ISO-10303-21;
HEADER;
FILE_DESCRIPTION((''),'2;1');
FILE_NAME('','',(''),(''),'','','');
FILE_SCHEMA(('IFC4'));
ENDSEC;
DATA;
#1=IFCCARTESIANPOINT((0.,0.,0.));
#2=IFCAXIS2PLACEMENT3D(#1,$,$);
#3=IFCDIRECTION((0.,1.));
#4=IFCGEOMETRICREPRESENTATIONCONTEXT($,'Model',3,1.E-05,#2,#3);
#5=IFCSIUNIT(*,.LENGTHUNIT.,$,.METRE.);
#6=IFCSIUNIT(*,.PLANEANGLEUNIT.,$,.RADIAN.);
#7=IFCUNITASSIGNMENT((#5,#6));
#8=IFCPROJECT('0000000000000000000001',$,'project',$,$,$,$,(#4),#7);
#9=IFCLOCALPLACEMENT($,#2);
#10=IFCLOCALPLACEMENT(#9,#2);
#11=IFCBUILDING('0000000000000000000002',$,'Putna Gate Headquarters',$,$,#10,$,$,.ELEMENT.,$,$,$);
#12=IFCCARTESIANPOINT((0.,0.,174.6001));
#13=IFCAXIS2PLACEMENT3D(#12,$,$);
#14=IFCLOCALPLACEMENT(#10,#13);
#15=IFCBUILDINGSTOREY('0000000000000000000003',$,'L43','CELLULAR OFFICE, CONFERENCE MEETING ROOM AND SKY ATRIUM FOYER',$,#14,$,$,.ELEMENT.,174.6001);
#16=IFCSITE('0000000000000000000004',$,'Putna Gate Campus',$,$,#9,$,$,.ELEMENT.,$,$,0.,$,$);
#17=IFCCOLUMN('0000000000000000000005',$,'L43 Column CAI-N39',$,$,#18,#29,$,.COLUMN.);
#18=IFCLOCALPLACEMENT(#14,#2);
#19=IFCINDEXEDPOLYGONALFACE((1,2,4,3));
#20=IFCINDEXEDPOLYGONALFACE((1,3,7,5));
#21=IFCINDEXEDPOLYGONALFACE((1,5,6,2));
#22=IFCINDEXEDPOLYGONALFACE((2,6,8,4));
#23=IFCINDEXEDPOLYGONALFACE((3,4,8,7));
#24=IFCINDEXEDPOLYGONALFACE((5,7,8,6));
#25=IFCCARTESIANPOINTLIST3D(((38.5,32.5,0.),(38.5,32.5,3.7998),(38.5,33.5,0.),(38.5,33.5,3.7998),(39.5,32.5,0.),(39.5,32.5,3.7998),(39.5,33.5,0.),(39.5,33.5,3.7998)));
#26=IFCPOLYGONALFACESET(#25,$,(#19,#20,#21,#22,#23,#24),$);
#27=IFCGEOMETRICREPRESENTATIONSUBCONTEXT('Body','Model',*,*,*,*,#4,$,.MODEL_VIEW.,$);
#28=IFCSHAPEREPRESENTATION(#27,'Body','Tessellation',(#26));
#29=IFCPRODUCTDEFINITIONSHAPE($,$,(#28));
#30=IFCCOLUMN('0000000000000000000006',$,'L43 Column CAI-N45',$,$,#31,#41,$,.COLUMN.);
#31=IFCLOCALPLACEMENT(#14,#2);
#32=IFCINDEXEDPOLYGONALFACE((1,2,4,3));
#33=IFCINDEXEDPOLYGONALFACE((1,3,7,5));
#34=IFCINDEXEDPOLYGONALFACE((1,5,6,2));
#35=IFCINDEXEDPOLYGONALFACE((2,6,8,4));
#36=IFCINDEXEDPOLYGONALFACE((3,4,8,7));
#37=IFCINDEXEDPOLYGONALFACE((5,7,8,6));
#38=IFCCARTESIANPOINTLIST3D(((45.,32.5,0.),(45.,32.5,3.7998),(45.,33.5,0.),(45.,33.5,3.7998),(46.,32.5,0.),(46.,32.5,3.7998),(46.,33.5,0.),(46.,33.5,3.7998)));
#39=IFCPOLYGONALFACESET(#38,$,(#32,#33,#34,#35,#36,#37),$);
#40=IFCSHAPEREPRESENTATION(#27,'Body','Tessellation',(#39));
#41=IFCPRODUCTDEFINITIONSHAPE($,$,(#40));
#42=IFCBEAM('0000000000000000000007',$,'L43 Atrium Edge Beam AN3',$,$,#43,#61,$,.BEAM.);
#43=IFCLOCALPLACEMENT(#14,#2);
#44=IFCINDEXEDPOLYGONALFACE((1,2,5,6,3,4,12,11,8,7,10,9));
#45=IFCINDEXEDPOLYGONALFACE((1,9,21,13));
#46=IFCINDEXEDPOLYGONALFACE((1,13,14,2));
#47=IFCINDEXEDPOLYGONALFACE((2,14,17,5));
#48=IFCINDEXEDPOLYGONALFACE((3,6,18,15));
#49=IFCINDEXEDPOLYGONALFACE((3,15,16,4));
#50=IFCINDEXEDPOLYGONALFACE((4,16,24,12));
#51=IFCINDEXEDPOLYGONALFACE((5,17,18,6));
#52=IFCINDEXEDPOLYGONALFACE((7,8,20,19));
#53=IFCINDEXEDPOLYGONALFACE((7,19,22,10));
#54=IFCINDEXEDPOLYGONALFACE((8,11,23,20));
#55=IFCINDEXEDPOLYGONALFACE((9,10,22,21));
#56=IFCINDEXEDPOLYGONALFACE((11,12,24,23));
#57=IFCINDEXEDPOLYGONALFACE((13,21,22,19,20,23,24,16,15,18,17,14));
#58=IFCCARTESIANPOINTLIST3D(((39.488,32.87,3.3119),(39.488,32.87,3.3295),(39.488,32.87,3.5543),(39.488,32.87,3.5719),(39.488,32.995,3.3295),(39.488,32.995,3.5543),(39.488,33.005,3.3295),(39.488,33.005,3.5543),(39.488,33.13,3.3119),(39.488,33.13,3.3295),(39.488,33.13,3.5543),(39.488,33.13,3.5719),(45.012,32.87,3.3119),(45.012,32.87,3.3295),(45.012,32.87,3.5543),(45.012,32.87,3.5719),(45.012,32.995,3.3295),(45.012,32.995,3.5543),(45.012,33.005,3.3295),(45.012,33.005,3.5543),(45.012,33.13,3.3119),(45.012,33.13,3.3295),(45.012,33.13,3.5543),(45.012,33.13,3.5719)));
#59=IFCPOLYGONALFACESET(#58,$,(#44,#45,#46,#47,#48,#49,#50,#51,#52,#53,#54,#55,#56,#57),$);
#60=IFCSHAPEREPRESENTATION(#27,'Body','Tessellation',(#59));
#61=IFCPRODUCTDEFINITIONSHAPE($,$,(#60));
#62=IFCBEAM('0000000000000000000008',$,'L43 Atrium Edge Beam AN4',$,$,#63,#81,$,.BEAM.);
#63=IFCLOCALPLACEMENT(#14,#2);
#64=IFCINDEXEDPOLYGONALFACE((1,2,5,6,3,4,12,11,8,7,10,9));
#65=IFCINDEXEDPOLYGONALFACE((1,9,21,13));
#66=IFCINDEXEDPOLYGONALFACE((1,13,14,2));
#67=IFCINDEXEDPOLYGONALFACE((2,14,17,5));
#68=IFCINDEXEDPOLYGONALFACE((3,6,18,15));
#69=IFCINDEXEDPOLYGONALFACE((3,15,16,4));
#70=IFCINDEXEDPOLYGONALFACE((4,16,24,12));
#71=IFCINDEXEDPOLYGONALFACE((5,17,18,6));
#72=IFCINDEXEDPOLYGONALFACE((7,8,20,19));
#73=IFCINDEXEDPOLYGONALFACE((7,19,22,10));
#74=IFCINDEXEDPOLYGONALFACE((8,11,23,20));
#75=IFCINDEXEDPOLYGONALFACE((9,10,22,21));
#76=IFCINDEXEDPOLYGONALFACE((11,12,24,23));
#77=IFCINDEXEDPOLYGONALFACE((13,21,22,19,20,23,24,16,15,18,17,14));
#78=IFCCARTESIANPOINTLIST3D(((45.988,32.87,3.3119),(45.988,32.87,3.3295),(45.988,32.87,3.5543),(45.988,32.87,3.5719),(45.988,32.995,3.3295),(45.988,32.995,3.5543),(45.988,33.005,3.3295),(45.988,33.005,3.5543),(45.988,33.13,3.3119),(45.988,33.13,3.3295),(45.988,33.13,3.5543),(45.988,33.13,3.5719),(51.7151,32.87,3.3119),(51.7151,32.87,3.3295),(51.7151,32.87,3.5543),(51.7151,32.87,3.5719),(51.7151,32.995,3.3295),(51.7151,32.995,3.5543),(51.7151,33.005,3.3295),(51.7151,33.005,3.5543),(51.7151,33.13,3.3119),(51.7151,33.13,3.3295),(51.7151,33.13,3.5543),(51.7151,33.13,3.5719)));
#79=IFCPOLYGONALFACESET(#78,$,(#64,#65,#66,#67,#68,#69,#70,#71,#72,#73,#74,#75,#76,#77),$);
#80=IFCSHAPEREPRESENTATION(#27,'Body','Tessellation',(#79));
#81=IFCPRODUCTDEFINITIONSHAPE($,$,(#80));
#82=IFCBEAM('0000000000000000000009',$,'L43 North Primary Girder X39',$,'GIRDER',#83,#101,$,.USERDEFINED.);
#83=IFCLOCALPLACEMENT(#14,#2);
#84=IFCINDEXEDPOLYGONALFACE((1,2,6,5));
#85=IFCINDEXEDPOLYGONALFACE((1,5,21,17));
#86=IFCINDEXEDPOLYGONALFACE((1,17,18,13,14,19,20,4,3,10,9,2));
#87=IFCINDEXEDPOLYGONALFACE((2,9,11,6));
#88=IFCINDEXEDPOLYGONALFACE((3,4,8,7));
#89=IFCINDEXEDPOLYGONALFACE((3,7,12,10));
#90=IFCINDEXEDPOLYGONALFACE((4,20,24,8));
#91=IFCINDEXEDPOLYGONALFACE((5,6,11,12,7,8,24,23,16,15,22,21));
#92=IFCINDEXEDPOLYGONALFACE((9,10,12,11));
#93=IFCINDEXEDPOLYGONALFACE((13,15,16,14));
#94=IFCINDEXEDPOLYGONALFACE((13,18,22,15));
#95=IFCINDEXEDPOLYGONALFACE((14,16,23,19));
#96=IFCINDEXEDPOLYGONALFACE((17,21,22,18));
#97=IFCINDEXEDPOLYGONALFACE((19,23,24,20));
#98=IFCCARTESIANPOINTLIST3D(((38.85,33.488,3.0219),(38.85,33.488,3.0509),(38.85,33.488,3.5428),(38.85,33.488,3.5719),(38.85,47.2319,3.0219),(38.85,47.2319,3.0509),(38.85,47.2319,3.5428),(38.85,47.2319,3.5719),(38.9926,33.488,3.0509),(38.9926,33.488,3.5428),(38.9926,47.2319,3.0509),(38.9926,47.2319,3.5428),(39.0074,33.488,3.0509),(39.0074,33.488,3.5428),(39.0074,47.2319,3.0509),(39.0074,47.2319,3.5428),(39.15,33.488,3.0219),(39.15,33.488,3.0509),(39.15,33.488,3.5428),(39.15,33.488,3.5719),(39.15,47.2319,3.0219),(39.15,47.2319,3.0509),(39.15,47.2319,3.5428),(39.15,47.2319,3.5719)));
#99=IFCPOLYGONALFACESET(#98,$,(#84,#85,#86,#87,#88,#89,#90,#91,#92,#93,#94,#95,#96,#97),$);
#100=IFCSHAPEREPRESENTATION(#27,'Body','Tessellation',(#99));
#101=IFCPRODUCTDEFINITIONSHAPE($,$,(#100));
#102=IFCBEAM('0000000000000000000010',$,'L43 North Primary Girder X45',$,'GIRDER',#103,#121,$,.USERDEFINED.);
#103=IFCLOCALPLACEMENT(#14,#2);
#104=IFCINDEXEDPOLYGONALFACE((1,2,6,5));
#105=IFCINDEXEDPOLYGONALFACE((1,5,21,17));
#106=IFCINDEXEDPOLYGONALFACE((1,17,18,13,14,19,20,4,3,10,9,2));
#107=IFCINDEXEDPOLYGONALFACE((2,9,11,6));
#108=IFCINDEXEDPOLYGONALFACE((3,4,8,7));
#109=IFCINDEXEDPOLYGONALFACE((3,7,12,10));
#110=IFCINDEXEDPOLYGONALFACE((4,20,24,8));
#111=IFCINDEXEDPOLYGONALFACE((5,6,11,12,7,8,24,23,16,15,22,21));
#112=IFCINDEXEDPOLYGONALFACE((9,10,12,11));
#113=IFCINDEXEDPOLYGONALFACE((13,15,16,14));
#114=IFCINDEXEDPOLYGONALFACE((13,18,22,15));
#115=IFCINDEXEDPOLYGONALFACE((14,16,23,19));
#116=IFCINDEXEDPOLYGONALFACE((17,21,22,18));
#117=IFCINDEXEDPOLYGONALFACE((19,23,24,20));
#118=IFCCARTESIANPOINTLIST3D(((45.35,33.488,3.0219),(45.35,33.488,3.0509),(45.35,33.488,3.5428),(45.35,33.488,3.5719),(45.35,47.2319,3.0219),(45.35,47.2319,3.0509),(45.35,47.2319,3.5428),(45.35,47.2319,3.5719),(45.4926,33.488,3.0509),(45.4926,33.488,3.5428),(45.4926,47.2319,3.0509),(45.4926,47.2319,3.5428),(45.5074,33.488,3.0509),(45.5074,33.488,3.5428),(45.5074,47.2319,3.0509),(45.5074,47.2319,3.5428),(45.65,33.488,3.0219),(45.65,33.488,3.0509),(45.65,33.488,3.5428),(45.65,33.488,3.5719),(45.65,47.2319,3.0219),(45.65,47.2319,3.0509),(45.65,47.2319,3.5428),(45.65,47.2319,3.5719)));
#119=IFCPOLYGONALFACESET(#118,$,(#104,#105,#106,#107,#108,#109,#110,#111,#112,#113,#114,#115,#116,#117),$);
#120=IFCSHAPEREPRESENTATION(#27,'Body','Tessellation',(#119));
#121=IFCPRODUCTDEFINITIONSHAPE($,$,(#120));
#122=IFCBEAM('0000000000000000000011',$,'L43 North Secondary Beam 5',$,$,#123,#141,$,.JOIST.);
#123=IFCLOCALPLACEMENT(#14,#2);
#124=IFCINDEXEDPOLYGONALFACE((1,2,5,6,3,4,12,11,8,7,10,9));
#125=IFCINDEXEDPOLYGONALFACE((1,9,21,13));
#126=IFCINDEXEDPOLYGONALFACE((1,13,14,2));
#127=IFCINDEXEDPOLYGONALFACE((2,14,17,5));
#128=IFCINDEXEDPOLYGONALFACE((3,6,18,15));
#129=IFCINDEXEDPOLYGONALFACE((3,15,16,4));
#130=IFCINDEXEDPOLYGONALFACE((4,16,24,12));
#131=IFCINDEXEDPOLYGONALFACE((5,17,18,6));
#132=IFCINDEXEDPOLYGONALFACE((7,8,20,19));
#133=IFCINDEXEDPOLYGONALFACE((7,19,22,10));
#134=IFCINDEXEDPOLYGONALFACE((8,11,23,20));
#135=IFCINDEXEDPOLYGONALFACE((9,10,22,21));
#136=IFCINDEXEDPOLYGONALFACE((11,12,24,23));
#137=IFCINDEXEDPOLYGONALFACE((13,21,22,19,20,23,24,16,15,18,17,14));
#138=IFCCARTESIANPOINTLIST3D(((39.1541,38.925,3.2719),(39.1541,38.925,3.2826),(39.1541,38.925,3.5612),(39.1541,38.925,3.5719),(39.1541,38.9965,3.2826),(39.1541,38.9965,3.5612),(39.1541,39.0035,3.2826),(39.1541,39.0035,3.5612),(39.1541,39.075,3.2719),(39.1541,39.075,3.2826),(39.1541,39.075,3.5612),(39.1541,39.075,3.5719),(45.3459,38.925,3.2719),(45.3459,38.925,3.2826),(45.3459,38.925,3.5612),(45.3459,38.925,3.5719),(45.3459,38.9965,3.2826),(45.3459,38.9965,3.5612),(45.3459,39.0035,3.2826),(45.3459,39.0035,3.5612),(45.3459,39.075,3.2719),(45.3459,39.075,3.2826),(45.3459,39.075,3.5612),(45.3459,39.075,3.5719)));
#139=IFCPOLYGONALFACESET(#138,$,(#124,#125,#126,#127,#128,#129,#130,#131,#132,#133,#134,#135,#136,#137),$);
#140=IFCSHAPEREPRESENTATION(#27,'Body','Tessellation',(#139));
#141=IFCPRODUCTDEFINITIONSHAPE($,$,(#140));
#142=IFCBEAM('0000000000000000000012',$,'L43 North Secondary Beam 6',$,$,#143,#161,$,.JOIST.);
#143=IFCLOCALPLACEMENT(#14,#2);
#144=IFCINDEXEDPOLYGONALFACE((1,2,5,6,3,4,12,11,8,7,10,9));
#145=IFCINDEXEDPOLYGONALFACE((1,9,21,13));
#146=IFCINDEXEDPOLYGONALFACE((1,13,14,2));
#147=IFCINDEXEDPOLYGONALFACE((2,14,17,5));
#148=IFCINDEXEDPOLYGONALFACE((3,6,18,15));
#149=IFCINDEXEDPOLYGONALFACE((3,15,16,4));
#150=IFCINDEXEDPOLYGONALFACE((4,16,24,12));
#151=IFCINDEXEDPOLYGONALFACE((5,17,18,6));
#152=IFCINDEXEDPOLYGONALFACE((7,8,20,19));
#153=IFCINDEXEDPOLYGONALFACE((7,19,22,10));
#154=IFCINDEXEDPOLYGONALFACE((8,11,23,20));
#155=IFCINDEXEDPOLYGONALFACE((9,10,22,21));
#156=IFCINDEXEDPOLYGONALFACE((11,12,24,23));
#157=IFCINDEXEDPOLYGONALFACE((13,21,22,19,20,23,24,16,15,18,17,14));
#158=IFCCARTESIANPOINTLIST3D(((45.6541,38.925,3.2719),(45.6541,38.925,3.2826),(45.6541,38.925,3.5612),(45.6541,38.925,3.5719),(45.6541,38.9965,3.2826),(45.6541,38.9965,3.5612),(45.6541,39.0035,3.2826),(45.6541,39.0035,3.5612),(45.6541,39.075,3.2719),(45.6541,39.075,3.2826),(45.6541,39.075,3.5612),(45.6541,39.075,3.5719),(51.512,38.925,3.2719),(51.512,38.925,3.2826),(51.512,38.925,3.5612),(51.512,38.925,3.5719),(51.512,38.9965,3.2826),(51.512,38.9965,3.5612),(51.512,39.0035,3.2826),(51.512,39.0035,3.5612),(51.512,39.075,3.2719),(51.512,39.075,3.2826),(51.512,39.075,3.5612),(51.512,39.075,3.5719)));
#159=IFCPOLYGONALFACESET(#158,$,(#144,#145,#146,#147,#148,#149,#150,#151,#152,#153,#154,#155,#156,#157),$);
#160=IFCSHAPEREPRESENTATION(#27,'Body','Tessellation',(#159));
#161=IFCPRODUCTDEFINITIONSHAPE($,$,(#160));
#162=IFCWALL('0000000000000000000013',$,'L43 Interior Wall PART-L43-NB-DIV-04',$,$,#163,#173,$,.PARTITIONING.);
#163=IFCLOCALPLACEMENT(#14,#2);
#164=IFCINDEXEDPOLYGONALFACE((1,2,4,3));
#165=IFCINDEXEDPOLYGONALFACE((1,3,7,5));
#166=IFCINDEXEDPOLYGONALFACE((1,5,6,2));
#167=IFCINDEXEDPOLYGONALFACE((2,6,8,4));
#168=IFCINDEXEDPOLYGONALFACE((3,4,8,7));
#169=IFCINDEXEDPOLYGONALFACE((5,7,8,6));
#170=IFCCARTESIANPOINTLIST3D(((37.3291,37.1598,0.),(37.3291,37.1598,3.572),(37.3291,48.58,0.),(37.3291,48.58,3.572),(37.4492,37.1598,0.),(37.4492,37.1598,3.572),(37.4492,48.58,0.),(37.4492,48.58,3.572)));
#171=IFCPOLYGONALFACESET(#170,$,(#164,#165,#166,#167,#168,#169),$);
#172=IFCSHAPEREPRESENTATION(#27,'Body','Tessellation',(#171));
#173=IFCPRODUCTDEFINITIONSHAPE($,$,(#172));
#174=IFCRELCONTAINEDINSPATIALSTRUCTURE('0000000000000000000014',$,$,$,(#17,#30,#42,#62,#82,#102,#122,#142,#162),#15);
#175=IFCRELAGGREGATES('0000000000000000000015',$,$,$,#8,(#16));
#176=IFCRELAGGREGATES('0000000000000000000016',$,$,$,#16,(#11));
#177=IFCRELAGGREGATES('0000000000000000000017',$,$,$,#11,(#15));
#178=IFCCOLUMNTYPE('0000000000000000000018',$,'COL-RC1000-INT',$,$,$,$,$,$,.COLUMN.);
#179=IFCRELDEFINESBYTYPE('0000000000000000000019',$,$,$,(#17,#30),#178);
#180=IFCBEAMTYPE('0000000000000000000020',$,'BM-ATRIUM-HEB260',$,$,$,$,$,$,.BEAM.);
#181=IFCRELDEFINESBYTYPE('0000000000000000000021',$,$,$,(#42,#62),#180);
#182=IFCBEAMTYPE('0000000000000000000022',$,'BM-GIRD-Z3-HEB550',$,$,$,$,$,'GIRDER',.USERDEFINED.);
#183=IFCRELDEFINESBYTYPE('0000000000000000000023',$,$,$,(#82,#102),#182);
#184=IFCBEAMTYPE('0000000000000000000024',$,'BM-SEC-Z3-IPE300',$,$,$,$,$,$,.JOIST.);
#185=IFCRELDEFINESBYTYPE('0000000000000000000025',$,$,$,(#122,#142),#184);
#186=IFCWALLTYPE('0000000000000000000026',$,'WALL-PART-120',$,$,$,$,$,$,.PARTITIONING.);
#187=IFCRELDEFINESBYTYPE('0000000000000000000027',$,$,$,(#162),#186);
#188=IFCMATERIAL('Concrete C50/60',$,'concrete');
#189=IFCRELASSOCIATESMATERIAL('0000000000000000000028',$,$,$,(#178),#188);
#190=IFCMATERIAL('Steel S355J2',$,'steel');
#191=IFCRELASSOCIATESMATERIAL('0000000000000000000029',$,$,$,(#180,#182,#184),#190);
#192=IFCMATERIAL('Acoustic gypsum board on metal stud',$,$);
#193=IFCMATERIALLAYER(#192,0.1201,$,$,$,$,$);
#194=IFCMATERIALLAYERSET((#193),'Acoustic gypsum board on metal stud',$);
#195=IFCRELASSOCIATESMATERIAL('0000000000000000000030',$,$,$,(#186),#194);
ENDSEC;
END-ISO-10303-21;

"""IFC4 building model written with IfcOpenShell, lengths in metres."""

from ifc_helpers import new_model, si_unit, direction, frame, frame_2d, origin, origin_2d, place, context, subcontext, project, spatial, rectangle, i_section, extrude, material, layer, layer_set, material_profile, profile_set, type_object, element, save


model = new_model("IFC4")

# Units and contexts
model_context = context("Model", 3, precision=1e-05, world=origin(), true_north=direction((0.0, 1.0)))
body_context = subcontext(model_context, "Body", "Model", "MODEL_VIEW")
ifc_project = project(units=[si_unit("LENGTHUNIT", "METRE"), si_unit("PLANEANGLEUNIT", "RADIAN")], contexts=[model_context])

# Site, building, storey
site_placement = place(None, origin())
site = spatial("IfcSite", under=ifc_project, at=site_placement, Name="Putna Gate Campus", CompositionType="ELEMENT", RefElevation=0.0)
building_placement = place(site_placement, origin())
building = spatial("IfcBuilding", under=site, at=building_placement, Name="Putna Gate Headquarters", CompositionType="ELEMENT")
storey_placement = place(building_placement, frame((0.0, 0.0, 174.6001)))
storey = spatial("IfcBuildingStorey", under=building, at=storey_placement, Name="L43", Description="CELLULAR OFFICE, CONFERENCE MEETING ROOM AND SKY ATRIUM FOYER", CompositionType="ELEMENT", Elevation=174.6001)

# Columns
ifc_material_1 = material(Name="Concrete C50/60", Category="concrete")
ifc_material_profile_1 = material_profile(ifc_material_1, rectangle(XDim=1.0, YDim=1.0, at=origin_2d()), Name="Concrete C50/60")
ifc_profile_set_1 = profile_set([ifc_material_profile_1], Name="Concrete C50/60")
column_type = type_object("IfcColumnType", Name="COL-RC1000-INT", PredefinedType="COLUMN", material=ifc_profile_set_1)
for number, where, z_axis, x_axis, name in (
    (1, (39.0, 33.0, 0.0), (0.0, 0.0, 1.0), (1.0, 0.0, 0.0), "L43 Column CAI-N39"),
    (2, (45.5, 33.0, 0.0), (0.0, 0.0, 1.0), (1.0, 0.0, 0.0), "L43 Column CAI-N45"),
):
    element("IfcColumn", number, at=place(storey_placement, frame(where, z_axis=z_axis, x_axis=x_axis)), inside=storey, type_object=column_type, Name=name, PredefinedType="COLUMN", context=body_context, shape_type="SweptSolid", body=[
        extrude(rectangle(XDim=1.0, YDim=1.0, at=origin_2d()), origin(), (0.0, 0.0, 1.0), 3.7998),
    ])

# Beams
ifc_material_2 = material(Name="Steel S355J2", Category="steel")
ifc_material_profile_2 = material_profile(ifc_material_2, i_section(OverallWidth=0.26, OverallDepth=0.26, WebThickness=0.01, FlangeThickness=0.0176, at=origin_2d()), Name="Steel S355J2")
ifc_profile_set_2 = profile_set([ifc_material_profile_2], Name="Steel S355J2")
beam_type_1 = type_object("IfcBeamType", Name="BM-ATRIUM-HEB260", PredefinedType="BEAM", material=ifc_profile_set_2)
beam_1_placement = place(storey_placement, frame((39.488, 33.0, 3.4419), z_axis=(1.0, 0.0, 0.0), x_axis=(0.0, 1.0, 0.0)))
element("IfcBeam", 3, at=beam_1_placement, inside=storey, type_object=beam_type_1, Name="L43 Atrium Edge Beam AN3", PredefinedType="BEAM", context=body_context, shape_type="SweptSolid", body=[
    extrude(i_section(OverallWidth=0.26, OverallDepth=0.26, WebThickness=0.01, FlangeThickness=0.0176, at=origin_2d()), origin(), (0.0, 0.0, 1.0), 5.5239),
])
beam_2_placement = place(storey_placement, frame((45.988, 33.0, 3.4419), z_axis=(1.0, 0.0, 0.0), x_axis=(0.0, 1.0, 0.0)))
element("IfcBeam", 4, at=beam_2_placement, inside=storey, type_object=beam_type_1, Name="L43 Atrium Edge Beam AN4", PredefinedType="BEAM", context=body_context, shape_type="SweptSolid", body=[
    extrude(i_section(OverallWidth=0.26, OverallDepth=0.26, WebThickness=0.01, FlangeThickness=0.0176, at=origin_2d()), origin(), (0.0, 0.0, 1.0), 5.7271),
])
ifc_material_profile_3 = material_profile(ifc_material_2, i_section(OverallWidth=0.3, OverallDepth=0.55, WebThickness=0.0149, FlangeThickness=0.0291, at=origin_2d()), Name="Steel S355J2")
ifc_profile_set_3 = profile_set([ifc_material_profile_3], Name="Steel S355J2")
beam_type_2 = type_object("IfcBeamType", Name="BM-GIRD-Z3-HEB550", ElementType="GIRDER", PredefinedType="USERDEFINED", material=ifc_profile_set_3)
for number, where, z_axis, x_axis, name in (
    (5, (39.0, 33.488, 3.2969), (0.0, 1.0, 0.0), (-1.0, 0.0, 0.0), "L43 North Primary Girder X39"),
    (6, (45.5, 33.488, 3.2969), (0.0, 1.0, 0.0), (-1.0, 0.0, 0.0), "L43 North Primary Girder X45"),
):
    element("IfcBeam", number, at=place(storey_placement, frame(where, z_axis=z_axis, x_axis=x_axis)), inside=storey, type_object=beam_type_2, Name=name, ObjectType="GIRDER", PredefinedType="USERDEFINED", context=body_context, shape_type="SweptSolid", body=[
        extrude(i_section(OverallWidth=0.3, OverallDepth=0.55, WebThickness=0.0149, FlangeThickness=0.0291, at=origin_2d()), origin(), (0.0, 0.0, 1.0), 13.7439),
    ])
ifc_material_profile_4 = material_profile(ifc_material_2, i_section(OverallWidth=0.1499, OverallDepth=0.3, WebThickness=0.0071, FlangeThickness=0.0107, at=origin_2d()), Name="Steel S355J2")
ifc_profile_set_4 = profile_set([ifc_material_profile_4], Name="Steel S355J2")
beam_type_3 = type_object("IfcBeamType", Name="BM-SEC-Z3-IPE300", PredefinedType="JOIST", material=ifc_profile_set_4)
beam_3_placement = place(storey_placement, frame((39.1541, 39.0, 3.4219), z_axis=(1.0, 0.0, 0.0), x_axis=(0.0, 1.0, 0.0)))
element("IfcBeam", 7, at=beam_3_placement, inside=storey, type_object=beam_type_3, Name="L43 North Secondary Beam 5", PredefinedType="JOIST", context=body_context, shape_type="SweptSolid", body=[
    extrude(i_section(OverallWidth=0.1499, OverallDepth=0.3, WebThickness=0.0071, FlangeThickness=0.0107, at=origin_2d()), origin(), (0.0, 0.0, 1.0), 6.1919),
])
beam_4_placement = place(storey_placement, frame((45.6541, 39.0, 3.4219), z_axis=(1.0, 0.0, 0.0), x_axis=(0.0, 1.0, 0.0)))
element("IfcBeam", 8, at=beam_4_placement, inside=storey, type_object=beam_type_3, Name="L43 North Secondary Beam 6", PredefinedType="JOIST", context=body_context, shape_type="SweptSolid", body=[
    extrude(i_section(OverallWidth=0.1499, OverallDepth=0.3, WebThickness=0.0071, FlangeThickness=0.0107, at=origin_2d()), origin(), (0.0, 0.0, 1.0), 5.8579),
])

# Shared definitions
ifc_material_3 = material(Name="Acoustic gypsum board on metal stud")
ifc_layer_1 = layer(ifc_material_3, 0.1201)
ifc_layer_set_1 = layer_set([ifc_layer_1], Name="Acoustic gypsum board on metal stud")
wall_type_1 = type_object("IfcWallType", Name="WALL-PART-120", PredefinedType="PARTITIONING", material=ifc_layer_set_1)

# Wall
wall_1_placement = place(storey_placement, frame((37.3892, 37.1599, 0.0), z_axis=(0.0, 0.0, 1.0), x_axis=(0.0, 1.0, 0.0)))
element("IfcWall", 9, at=wall_1_placement, inside=storey, type_object=wall_type_1, Name="L43 Interior Wall PART-L43-NB-DIV-04", PredefinedType="PARTITIONING", context=body_context, shape_type="SweptSolid", body=[
    extrude(rectangle(XDim=11.4202, YDim=0.1201, at=frame_2d((5.71, 0.0))), origin(), (0.0, 0.0, 1.0), 3.572),
])

save(model, "model.ifc")
